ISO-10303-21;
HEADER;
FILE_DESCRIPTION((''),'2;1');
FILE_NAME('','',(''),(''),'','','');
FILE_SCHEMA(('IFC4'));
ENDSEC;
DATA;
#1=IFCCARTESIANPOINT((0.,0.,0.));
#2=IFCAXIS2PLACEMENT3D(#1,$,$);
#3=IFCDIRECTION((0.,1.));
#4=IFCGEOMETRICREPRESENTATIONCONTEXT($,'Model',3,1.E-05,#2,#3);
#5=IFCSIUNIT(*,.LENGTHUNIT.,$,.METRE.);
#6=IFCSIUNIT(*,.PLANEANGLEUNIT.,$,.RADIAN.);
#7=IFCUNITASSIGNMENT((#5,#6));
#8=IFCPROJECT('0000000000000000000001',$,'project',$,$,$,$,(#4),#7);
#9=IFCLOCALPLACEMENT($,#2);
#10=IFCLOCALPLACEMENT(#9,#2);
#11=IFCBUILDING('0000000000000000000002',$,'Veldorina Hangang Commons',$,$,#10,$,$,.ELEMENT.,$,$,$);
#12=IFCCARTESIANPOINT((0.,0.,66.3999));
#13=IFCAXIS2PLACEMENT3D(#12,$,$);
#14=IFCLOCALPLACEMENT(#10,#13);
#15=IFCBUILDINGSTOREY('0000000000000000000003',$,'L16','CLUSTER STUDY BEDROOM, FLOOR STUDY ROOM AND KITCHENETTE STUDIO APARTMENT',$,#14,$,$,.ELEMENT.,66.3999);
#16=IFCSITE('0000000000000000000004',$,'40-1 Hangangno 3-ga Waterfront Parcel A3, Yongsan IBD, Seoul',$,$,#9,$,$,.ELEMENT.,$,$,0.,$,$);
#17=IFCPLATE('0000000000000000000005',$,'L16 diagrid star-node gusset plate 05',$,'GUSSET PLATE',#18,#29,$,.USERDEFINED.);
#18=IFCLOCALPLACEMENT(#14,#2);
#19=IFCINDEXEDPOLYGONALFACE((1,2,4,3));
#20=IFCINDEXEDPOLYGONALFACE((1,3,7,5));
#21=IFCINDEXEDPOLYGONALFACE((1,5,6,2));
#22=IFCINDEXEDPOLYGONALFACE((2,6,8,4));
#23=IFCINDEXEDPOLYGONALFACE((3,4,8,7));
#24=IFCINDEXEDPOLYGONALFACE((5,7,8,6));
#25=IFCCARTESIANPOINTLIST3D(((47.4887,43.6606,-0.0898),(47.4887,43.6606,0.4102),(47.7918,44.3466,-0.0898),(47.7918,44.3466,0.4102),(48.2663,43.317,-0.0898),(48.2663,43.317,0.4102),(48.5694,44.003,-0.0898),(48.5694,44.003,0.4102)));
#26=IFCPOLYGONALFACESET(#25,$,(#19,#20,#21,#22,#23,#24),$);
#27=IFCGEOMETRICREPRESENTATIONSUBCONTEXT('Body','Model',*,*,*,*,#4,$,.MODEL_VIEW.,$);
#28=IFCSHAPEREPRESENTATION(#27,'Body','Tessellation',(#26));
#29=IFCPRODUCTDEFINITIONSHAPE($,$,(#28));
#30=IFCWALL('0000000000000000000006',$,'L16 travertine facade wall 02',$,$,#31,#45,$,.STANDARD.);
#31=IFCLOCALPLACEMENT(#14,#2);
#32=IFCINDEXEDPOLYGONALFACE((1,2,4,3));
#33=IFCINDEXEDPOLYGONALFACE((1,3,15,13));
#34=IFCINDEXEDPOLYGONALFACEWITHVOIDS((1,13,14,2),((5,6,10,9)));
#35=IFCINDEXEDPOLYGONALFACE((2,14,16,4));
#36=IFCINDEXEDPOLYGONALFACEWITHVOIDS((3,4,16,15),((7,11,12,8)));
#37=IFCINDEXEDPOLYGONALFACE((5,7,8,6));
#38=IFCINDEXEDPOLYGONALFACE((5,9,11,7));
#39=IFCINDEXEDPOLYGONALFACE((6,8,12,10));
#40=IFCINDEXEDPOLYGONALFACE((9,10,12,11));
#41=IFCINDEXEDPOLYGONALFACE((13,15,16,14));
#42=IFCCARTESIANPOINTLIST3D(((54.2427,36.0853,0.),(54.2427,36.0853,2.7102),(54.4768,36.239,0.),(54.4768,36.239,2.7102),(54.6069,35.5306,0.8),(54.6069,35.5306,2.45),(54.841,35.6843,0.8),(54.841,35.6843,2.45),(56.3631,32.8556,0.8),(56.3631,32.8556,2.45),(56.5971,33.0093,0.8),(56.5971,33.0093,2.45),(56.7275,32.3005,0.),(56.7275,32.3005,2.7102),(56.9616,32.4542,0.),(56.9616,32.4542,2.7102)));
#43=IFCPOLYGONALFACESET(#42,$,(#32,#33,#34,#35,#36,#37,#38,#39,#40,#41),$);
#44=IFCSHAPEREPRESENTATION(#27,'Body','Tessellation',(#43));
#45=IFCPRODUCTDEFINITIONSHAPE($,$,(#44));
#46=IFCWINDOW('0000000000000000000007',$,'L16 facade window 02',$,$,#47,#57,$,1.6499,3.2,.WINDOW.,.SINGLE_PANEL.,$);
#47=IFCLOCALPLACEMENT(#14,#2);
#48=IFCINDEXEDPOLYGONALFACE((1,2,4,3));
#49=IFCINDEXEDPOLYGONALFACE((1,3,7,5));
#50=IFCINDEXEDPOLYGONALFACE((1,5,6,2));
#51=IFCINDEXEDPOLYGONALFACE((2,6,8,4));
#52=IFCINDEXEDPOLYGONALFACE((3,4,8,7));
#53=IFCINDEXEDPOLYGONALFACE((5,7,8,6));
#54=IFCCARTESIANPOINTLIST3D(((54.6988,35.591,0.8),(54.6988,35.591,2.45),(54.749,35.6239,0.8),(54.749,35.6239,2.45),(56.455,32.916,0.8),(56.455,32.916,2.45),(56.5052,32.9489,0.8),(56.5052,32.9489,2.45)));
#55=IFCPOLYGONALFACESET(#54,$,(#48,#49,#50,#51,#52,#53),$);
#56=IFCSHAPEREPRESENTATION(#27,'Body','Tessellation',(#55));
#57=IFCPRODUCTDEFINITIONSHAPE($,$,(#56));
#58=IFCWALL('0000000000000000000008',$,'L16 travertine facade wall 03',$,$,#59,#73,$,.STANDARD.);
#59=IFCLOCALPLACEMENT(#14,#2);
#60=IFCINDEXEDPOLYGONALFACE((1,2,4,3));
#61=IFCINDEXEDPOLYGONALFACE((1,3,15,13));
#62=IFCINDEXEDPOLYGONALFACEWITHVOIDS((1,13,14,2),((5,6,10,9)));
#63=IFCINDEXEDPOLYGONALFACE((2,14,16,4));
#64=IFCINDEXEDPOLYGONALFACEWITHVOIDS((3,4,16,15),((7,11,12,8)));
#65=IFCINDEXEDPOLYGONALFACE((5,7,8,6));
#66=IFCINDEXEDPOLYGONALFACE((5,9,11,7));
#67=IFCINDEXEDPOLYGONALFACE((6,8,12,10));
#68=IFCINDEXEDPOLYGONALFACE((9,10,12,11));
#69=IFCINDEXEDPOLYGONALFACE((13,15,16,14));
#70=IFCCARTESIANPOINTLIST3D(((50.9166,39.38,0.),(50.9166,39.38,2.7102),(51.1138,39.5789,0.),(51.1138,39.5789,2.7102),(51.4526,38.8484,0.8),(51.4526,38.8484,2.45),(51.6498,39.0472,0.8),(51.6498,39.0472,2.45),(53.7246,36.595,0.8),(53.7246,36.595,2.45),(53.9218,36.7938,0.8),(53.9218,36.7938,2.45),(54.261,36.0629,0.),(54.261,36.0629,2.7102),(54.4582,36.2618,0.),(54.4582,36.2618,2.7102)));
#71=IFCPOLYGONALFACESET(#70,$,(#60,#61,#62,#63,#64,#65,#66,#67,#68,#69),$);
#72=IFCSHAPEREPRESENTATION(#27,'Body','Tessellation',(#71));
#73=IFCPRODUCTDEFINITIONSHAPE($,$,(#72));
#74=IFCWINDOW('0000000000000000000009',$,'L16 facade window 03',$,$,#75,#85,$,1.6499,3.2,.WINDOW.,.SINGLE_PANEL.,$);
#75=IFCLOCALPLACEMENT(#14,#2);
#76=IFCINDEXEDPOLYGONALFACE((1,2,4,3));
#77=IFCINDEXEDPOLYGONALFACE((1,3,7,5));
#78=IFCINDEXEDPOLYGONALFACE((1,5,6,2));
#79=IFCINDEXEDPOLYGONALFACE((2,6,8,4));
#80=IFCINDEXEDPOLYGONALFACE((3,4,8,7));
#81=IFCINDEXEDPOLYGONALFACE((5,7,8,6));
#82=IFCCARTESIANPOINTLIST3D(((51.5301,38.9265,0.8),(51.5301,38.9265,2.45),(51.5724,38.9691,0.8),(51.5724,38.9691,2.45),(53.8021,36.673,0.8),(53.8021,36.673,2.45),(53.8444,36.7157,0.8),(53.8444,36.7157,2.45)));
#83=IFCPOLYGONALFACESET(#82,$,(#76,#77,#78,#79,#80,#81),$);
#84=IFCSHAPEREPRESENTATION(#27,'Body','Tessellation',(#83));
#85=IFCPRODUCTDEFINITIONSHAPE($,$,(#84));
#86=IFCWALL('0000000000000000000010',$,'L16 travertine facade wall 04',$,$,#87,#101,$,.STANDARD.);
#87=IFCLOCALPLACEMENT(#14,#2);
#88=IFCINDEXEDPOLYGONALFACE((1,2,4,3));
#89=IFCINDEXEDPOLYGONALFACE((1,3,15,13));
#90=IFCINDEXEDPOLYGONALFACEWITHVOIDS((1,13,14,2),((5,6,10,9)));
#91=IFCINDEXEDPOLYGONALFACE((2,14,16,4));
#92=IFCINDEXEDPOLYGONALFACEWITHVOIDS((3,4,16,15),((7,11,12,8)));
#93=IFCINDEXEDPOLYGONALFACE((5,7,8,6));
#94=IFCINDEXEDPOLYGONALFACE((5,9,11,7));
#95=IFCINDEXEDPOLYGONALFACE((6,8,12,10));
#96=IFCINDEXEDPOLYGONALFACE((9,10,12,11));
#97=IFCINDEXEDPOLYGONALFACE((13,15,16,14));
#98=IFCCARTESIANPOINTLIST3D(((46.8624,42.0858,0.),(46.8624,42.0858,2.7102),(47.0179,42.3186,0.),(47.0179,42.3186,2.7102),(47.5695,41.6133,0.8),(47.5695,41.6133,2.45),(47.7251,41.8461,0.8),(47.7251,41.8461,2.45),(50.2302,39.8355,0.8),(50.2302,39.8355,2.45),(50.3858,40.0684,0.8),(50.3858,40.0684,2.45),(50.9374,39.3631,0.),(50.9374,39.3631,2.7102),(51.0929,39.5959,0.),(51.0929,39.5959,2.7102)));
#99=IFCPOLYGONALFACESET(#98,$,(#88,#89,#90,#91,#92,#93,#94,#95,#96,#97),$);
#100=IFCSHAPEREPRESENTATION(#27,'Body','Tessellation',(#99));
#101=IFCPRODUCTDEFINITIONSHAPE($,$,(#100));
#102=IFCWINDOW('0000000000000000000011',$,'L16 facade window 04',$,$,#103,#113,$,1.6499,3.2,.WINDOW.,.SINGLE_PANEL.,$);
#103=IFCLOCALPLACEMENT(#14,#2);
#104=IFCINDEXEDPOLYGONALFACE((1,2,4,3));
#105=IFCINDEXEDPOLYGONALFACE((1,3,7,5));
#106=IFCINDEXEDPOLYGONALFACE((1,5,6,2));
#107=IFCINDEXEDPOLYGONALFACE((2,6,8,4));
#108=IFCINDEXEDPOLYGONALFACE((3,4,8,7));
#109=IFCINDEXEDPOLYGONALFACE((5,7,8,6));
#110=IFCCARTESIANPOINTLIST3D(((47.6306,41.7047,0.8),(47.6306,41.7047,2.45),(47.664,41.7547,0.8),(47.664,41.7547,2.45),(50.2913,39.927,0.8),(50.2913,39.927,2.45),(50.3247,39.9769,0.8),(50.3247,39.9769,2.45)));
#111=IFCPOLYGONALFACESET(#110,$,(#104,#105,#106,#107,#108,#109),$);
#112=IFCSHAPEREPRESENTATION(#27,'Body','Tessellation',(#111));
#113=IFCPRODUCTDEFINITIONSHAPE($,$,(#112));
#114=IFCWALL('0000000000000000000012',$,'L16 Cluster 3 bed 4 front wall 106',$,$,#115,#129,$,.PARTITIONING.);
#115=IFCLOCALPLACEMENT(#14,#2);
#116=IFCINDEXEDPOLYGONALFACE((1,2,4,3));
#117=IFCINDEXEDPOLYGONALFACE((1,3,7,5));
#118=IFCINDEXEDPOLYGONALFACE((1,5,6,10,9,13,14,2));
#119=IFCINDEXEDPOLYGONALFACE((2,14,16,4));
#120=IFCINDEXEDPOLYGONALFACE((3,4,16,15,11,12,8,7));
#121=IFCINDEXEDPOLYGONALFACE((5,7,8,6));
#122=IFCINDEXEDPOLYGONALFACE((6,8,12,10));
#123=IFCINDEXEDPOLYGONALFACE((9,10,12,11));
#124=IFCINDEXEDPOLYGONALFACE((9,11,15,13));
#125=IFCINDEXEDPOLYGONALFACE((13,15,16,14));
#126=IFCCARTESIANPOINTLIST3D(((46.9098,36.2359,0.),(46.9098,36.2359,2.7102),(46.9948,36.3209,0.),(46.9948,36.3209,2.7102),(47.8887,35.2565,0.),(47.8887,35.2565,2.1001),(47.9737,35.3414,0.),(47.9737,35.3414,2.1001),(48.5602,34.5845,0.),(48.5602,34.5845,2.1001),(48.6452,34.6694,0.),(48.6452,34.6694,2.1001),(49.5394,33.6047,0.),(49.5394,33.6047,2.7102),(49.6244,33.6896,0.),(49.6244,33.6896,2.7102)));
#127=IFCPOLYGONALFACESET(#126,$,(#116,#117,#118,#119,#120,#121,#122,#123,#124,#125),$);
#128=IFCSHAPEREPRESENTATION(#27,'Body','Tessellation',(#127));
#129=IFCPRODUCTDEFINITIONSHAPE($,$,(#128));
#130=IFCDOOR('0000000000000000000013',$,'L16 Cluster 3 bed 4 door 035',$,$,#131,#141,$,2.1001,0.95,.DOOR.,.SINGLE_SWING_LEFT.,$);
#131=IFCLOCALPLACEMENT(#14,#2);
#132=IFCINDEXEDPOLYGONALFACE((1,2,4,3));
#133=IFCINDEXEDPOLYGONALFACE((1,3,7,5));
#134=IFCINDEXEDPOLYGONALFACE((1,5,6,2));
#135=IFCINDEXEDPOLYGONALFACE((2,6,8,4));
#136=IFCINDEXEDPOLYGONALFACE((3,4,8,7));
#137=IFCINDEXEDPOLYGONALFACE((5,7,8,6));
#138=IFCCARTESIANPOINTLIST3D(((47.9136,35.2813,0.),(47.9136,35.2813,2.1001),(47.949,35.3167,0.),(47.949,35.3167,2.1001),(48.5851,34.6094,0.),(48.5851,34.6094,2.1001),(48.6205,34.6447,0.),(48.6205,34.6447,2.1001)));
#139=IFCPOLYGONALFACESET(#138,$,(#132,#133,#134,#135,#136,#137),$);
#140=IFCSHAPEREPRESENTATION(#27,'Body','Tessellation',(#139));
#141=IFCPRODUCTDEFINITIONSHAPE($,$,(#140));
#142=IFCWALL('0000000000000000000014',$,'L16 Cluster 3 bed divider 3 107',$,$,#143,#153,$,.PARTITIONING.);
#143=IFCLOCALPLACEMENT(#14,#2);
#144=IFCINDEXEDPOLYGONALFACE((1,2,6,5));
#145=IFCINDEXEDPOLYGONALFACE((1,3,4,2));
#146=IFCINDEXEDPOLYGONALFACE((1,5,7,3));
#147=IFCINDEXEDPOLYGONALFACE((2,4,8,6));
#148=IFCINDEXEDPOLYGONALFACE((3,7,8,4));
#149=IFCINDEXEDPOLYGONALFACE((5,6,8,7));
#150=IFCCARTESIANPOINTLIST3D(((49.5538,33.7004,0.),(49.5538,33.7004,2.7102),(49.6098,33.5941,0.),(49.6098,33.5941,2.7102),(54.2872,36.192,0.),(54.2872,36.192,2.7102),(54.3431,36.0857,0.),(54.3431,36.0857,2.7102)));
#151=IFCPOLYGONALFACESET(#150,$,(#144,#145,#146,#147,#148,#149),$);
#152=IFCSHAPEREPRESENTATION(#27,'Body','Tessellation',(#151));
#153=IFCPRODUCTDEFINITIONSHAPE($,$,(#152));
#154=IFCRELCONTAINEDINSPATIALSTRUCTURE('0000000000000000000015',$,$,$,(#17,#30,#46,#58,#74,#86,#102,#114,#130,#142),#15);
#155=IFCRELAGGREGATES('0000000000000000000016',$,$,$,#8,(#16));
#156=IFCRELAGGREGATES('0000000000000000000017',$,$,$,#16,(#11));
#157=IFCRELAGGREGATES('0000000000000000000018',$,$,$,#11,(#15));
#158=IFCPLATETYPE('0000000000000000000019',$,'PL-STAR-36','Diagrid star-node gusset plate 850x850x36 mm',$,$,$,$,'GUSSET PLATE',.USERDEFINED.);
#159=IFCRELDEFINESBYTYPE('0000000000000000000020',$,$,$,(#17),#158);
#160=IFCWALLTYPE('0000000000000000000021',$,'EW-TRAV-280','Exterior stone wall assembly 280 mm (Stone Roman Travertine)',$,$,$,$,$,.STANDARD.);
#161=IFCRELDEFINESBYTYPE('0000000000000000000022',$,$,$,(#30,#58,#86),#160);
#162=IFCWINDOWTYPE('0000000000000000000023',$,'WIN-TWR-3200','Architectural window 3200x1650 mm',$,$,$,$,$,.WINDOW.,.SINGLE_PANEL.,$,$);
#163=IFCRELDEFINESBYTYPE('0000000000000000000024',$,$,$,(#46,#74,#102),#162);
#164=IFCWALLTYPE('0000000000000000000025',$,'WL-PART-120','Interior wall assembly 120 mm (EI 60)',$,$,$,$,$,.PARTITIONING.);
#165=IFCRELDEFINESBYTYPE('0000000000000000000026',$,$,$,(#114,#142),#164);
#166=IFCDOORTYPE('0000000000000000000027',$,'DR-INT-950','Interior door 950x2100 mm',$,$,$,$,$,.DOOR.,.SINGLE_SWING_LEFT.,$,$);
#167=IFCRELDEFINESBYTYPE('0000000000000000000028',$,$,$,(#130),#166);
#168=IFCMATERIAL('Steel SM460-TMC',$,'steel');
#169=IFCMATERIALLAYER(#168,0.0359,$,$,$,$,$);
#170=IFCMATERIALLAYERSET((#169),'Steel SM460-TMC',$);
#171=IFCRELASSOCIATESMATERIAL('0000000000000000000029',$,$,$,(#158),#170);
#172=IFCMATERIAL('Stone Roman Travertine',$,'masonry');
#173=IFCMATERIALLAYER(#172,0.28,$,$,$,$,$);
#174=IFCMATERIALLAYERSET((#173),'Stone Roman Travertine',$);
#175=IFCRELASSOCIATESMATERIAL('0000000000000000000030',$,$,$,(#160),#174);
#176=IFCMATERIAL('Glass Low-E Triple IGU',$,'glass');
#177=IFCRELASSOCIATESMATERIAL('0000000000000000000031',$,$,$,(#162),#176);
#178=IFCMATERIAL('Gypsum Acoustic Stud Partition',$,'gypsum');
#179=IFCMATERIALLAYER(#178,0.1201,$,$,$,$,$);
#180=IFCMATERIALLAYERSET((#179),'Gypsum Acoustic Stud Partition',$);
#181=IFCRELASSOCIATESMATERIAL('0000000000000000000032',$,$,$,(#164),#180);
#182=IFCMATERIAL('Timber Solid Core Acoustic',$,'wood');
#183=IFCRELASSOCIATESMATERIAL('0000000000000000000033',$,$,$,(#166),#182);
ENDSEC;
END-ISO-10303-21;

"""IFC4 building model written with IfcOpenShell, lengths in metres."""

from ifc_helpers import new_model, si_unit, direction, frame, frame_2d, origin, origin_2d, place, context, subcontext, project, spatial, rectangle, extrude, material, layer, layer_set, type_object, element, fill, save


model = new_model("IFC4")

# Units and contexts
model_context = context("Model", 3, precision=1e-05, world=origin(), true_north=direction((0.0, 1.0)))
body_context = subcontext(model_context, "Body", "Model", "MODEL_VIEW")
ifc_project = project(units=[si_unit("LENGTHUNIT", "METRE"), si_unit("PLANEANGLEUNIT", "RADIAN")], contexts=[model_context])

# Site, building, storey
site_placement = place(None, origin())
site = spatial("IfcSite", under=ifc_project, at=site_placement, Name="40-1 Hangangno 3-ga Waterfront Parcel A3, Yongsan IBD, Seoul", CompositionType="ELEMENT", RefElevation=0.0)
building_placement = place(site_placement, origin())
building = spatial("IfcBuilding", under=site, at=building_placement, Name="Veldorina Hangang Commons", CompositionType="ELEMENT")
storey_placement = place(building_placement, frame((0.0, 0.0, 66.3999)))
storey = spatial("IfcBuildingStorey", under=building, at=storey_placement, Name="L16", Description="CLUSTER STUDY BEDROOM, FLOOR STUDY ROOM AND KITCHENETTE STUDIO APARTMENT", CompositionType="ELEMENT", Elevation=66.3999)

# Shared definitions
ifc_material_1 = material(Name="Steel SM460-TMC", Category="steel")

# Plate
ifc_layer_1 = layer(ifc_material_1, 0.0359)
ifc_layer_set_1 = layer_set([ifc_layer_1], Name="Steel SM460-TMC")
plate_type = type_object("IfcPlateType", Name="PL-STAR-36", Description="Diagrid star-node gusset plate 850x850x36 mm", ElementType="GUSSET PLATE", PredefinedType="USERDEFINED", material=ifc_layer_set_1)
plate_1_placement = place(storey_placement, frame((48.0291, 43.8318, -0.0898), z_axis=(0.0, 0.0, 1.0), x_axis=(-0.914678, 0.404184, 0.0)))
element("IfcPlate", 1, at=plate_1_placement, inside=storey, type_object=plate_type, Name="L16 diagrid star-node gusset plate 05", ObjectType="GUSSET PLATE", PredefinedType="USERDEFINED", context=body_context, shape_type="SweptSolid", body=[
    extrude(rectangle(XDim=0.8501, YDim=0.75, at=origin_2d()), origin(), (0.0, 0.0, 1.0), 0.5),
])

# Walls, openings, windows
ifc_material_2 = material(Name="Stone Roman Travertine", Category="masonry")
ifc_layer_2 = layer(ifc_material_2, 0.28)
ifc_layer_set_2 = layer_set([ifc_layer_2], Name="Stone Roman Travertine")
wall_type_1 = type_object("IfcWallType", Name="EW-TRAV-280", Description="Exterior stone wall assembly 280 mm (Stone Roman Travertine)", PredefinedType="STANDARD", material=ifc_layer_set_2)
wall_1_placement = place(storey_placement, frame((56.8445, 32.3774, 0.0), z_axis=(0.0, 0.0, 1.0), x_axis=(-0.548813, 0.835945, 0.0)))
wall_1 = element("IfcWall", 2, at=wall_1_placement, inside=storey, type_object=wall_type_1, Name="L16 travertine facade wall 02", PredefinedType="STANDARD", context=body_context, shape_type="SweptSolid", body=[
    extrude(rectangle(XDim=4.5276, YDim=0.28, at=frame_2d((2.2637, 0.0))), origin(), (0.0, 0.0, 1.0), 2.7102),
])
opening_1_placement = place(wall_1_placement, frame((0.6638, 0.0, 0.8)))
opening_1 = element("IfcOpeningElement", 3, at=opening_1_placement, cuts=wall_1, PredefinedType="OPENING", context=body_context, shape_type="SweptSolid", body=[
    extrude(rectangle(XDim=3.2, YDim=1.6499, at=frame_2d((1.6001, 0.825))), frame((0.0, 0.1499, 0.0), z_axis=(0.0, -1.0, 0.0), x_axis=(1.0, 0.0, 0.0)), (0.0, 0.0, 1.0), 0.3),
])
ifc_material_3 = material(Name="Glass Low-E Triple IGU", Category="glass")
window_type = type_object("IfcWindowType", Name="WIN-TWR-3200", Description="Architectural window 3200x1650 mm", PartitioningType="SINGLE_PANEL", PredefinedType="WINDOW", material=ifc_material_3)
window_1_placement = place(opening_1_placement, origin())
window_1 = element("IfcWindow", 4, at=window_1_placement, inside=storey, type_object=window_type, Name="L16 facade window 02", OverallHeight=1.6499, OverallWidth=3.2, PartitioningType="SINGLE_PANEL", PredefinedType="WINDOW", context=body_context, shape_type="SweptSolid", body=[
    extrude(rectangle(XDim=3.2, YDim=1.6499, at=frame_2d((1.6001, 0.825))), frame((0.0, 0.03, 0.0), z_axis=(0.0, -1.0, 0.0), x_axis=(1.0, 0.0, 0.0)), (0.0, 0.0, 1.0), 0.0601),
])
fill(opening_1, window_1)
wall_2_placement = place(storey_placement, frame((54.3596, 36.1624, 0.0), z_axis=(0.0, 0.0, 1.0), x_axis=(-0.710003, 0.704198, 0.0)))
wall_2 = element("IfcWall", 5, at=wall_2_placement, inside=storey, type_object=wall_type_1, Name="L16 travertine facade wall 03", PredefinedType="STANDARD", context=body_context, shape_type="SweptSolid", body=[
    extrude(rectangle(XDim=4.7104, YDim=0.28, at=frame_2d((2.3552, 0.0))), origin(), (0.0, 0.0, 1.0), 2.7102),
])
opening_2_placement = place(wall_2_placement, frame((0.7554, 0.0, 0.8)))
opening_2 = element("IfcOpeningElement", 6, at=opening_2_placement, cuts=wall_2, PredefinedType="OPENING", context=body_context, shape_type="SweptSolid", body=[
    extrude(rectangle(XDim=3.2, YDim=1.6499, at=frame_2d((1.6001, 0.825))), frame((0.0, 0.1499, 0.0), z_axis=(0.0, -1.0, 0.0), x_axis=(1.0, 0.0, 0.0)), (0.0, 0.0, 1.0), 0.3),
])
window_2_placement = place(opening_2_placement, origin())
window_2 = element("IfcWindow", 7, at=window_2_placement, inside=storey, type_object=window_type, Name="L16 facade window 03", OverallHeight=1.6499, OverallWidth=3.2, PartitioningType="SINGLE_PANEL", PredefinedType="WINDOW", context=body_context, shape_type="SweptSolid", body=[
    extrude(rectangle(XDim=3.2, YDim=1.6499, at=frame_2d((1.6001, 0.825))), frame((0.0, 0.03, 0.0), z_axis=(0.0, -1.0, 0.0), x_axis=(1.0, 0.0, 0.0)), (0.0, 0.0, 1.0), 0.0601),
])
fill(opening_2, window_2)
wall_3_placement = place(storey_placement, frame((51.0151, 39.4795, 0.0), z_axis=(0.0, 0.0, 1.0), x_axis=(-0.831483, 0.555551, 0.0)))
wall_3 = element("IfcWall", 8, at=wall_3_placement, inside=storey, type_object=wall_type_1, Name="L16 travertine facade wall 04", PredefinedType="STANDARD", context=body_context, shape_type="SweptSolid", body=[
    extrude(rectangle(XDim=4.9009, YDim=0.28, at=frame_2d((2.4504, 0.0))), origin(), (0.0, 0.0, 1.0), 2.7102),
])
opening_3_placement = place(wall_3_placement, frame((0.8503, 0.0, 0.8)))
opening_3 = element("IfcOpeningElement", 9, at=opening_3_placement, cuts=wall_3, PredefinedType="OPENING", context=body_context, shape_type="SweptSolid", body=[
    extrude(rectangle(XDim=3.2, YDim=1.6499, at=frame_2d((1.6001, 0.825))), frame((0.0, 0.1499, 0.0), z_axis=(0.0, -1.0, 0.0), x_axis=(1.0, 0.0, 0.0)), (0.0, 0.0, 1.0), 0.3),
])
window_3_placement = place(opening_3_placement, origin())
window_3 = element("IfcWindow", 10, at=window_3_placement, inside=storey, type_object=window_type, Name="L16 facade window 04", OverallHeight=1.6499, OverallWidth=3.2, PartitioningType="SINGLE_PANEL", PredefinedType="WINDOW", context=body_context, shape_type="SweptSolid", body=[
    extrude(rectangle(XDim=3.2, YDim=1.6499, at=frame_2d((1.6001, 0.825))), frame((0.0, 0.03, 0.0), z_axis=(0.0, -1.0, 0.0), x_axis=(1.0, 0.0, 0.0)), (0.0, 0.0, 1.0), 0.0601),
])
fill(opening_3, window_3)

# Wall, opening, door
ifc_material_4 = material(Name="Gypsum Acoustic Stud Partition", Category="gypsum")
ifc_layer_3 = layer(ifc_material_4, 0.1201)
ifc_layer_set_3 = layer_set([ifc_layer_3], Name="Gypsum Acoustic Stud Partition")
wall_type_2 = type_object("IfcWallType", Name="WL-PART-120", Description="Interior wall assembly 120 mm (EI 60)", PredefinedType="PARTITIONING", material=ifc_layer_set_3)
wall_4_placement = place(storey_placement, frame((49.5818, 33.6472, 0.0), z_axis=(0.0, 0.0, 1.0), x_axis=(-0.706877, 0.707336, 0.0)))
wall_4 = element("IfcWall", 11, at=wall_4_placement, inside=storey, type_object=wall_type_2, Name="L16 Cluster 3 bed 4 front wall 106", PredefinedType="PARTITIONING", context=body_context, shape_type="SweptSolid", body=[
    extrude(rectangle(XDim=3.72, YDim=0.1201, at=frame_2d((1.8599, 0.0))), origin(), (0.0, 0.0, 1.0), 2.7102),
])
opening_4_placement = place(wall_4_placement, frame((1.385, 0.0, 0.0)))
opening_4 = element("IfcOpeningElement", 12, at=opening_4_placement, cuts=wall_4, PredefinedType="OPENING", context=body_context, shape_type="SweptSolid", body=[
    extrude(rectangle(XDim=0.95, YDim=2.1001, at=frame_2d((0.4751, 1.05))), frame((0.0, 0.0701, 0.0), z_axis=(0.0, -1.0, 0.0), x_axis=(1.0, 0.0, 0.0)), (0.0, 0.0, 1.0), 0.1401),
])
ifc_material_5 = material(Name="Timber Solid Core Acoustic", Category="wood")
door_type = type_object("IfcDoorType", Name="DR-INT-950", Description="Interior door 950x2100 mm", OperationType="SINGLE_SWING_LEFT", PredefinedType="DOOR", material=ifc_material_5)
door_1_placement = place(opening_4_placement, origin())
door_1 = element("IfcDoor", 13, at=door_1_placement, inside=storey, type_object=door_type, Name="L16 Cluster 3 bed 4 door 035", OperationType="SINGLE_SWING_LEFT", OverallHeight=2.1001, OverallWidth=0.95, PredefinedType="DOOR", context=body_context, shape_type="SweptSolid", body=[
    extrude(rectangle(XDim=0.95, YDim=2.1001, at=frame_2d((0.4751, 1.05))), frame((0.0, 0.0249, 0.0), z_axis=(0.0, -1.0, 0.0), x_axis=(1.0, 0.0, 0.0)), (0.0, 0.0, 1.0), 0.05),
])
fill(opening_4, door_1)

# Wall
wall_5_placement = place(storey_placement, frame((49.5818, 33.6472, 0.0), z_axis=(0.0, 0.0, 1.0), x_axis=(0.884885, 0.46581, 0.0)))
element("IfcWall", 14, at=wall_5_placement, inside=storey, type_object=wall_type_2, Name="L16 Cluster 3 bed divider 3 107", PredefinedType="PARTITIONING", context=body_context, shape_type="SweptSolid", body=[
    extrude(rectangle(XDim=5.3491, YDim=0.1201, at=frame_2d((2.6746, 0.0))), origin(), (0.0, 0.0, 1.0), 2.7102),
])

save(model, "model.ifc")
